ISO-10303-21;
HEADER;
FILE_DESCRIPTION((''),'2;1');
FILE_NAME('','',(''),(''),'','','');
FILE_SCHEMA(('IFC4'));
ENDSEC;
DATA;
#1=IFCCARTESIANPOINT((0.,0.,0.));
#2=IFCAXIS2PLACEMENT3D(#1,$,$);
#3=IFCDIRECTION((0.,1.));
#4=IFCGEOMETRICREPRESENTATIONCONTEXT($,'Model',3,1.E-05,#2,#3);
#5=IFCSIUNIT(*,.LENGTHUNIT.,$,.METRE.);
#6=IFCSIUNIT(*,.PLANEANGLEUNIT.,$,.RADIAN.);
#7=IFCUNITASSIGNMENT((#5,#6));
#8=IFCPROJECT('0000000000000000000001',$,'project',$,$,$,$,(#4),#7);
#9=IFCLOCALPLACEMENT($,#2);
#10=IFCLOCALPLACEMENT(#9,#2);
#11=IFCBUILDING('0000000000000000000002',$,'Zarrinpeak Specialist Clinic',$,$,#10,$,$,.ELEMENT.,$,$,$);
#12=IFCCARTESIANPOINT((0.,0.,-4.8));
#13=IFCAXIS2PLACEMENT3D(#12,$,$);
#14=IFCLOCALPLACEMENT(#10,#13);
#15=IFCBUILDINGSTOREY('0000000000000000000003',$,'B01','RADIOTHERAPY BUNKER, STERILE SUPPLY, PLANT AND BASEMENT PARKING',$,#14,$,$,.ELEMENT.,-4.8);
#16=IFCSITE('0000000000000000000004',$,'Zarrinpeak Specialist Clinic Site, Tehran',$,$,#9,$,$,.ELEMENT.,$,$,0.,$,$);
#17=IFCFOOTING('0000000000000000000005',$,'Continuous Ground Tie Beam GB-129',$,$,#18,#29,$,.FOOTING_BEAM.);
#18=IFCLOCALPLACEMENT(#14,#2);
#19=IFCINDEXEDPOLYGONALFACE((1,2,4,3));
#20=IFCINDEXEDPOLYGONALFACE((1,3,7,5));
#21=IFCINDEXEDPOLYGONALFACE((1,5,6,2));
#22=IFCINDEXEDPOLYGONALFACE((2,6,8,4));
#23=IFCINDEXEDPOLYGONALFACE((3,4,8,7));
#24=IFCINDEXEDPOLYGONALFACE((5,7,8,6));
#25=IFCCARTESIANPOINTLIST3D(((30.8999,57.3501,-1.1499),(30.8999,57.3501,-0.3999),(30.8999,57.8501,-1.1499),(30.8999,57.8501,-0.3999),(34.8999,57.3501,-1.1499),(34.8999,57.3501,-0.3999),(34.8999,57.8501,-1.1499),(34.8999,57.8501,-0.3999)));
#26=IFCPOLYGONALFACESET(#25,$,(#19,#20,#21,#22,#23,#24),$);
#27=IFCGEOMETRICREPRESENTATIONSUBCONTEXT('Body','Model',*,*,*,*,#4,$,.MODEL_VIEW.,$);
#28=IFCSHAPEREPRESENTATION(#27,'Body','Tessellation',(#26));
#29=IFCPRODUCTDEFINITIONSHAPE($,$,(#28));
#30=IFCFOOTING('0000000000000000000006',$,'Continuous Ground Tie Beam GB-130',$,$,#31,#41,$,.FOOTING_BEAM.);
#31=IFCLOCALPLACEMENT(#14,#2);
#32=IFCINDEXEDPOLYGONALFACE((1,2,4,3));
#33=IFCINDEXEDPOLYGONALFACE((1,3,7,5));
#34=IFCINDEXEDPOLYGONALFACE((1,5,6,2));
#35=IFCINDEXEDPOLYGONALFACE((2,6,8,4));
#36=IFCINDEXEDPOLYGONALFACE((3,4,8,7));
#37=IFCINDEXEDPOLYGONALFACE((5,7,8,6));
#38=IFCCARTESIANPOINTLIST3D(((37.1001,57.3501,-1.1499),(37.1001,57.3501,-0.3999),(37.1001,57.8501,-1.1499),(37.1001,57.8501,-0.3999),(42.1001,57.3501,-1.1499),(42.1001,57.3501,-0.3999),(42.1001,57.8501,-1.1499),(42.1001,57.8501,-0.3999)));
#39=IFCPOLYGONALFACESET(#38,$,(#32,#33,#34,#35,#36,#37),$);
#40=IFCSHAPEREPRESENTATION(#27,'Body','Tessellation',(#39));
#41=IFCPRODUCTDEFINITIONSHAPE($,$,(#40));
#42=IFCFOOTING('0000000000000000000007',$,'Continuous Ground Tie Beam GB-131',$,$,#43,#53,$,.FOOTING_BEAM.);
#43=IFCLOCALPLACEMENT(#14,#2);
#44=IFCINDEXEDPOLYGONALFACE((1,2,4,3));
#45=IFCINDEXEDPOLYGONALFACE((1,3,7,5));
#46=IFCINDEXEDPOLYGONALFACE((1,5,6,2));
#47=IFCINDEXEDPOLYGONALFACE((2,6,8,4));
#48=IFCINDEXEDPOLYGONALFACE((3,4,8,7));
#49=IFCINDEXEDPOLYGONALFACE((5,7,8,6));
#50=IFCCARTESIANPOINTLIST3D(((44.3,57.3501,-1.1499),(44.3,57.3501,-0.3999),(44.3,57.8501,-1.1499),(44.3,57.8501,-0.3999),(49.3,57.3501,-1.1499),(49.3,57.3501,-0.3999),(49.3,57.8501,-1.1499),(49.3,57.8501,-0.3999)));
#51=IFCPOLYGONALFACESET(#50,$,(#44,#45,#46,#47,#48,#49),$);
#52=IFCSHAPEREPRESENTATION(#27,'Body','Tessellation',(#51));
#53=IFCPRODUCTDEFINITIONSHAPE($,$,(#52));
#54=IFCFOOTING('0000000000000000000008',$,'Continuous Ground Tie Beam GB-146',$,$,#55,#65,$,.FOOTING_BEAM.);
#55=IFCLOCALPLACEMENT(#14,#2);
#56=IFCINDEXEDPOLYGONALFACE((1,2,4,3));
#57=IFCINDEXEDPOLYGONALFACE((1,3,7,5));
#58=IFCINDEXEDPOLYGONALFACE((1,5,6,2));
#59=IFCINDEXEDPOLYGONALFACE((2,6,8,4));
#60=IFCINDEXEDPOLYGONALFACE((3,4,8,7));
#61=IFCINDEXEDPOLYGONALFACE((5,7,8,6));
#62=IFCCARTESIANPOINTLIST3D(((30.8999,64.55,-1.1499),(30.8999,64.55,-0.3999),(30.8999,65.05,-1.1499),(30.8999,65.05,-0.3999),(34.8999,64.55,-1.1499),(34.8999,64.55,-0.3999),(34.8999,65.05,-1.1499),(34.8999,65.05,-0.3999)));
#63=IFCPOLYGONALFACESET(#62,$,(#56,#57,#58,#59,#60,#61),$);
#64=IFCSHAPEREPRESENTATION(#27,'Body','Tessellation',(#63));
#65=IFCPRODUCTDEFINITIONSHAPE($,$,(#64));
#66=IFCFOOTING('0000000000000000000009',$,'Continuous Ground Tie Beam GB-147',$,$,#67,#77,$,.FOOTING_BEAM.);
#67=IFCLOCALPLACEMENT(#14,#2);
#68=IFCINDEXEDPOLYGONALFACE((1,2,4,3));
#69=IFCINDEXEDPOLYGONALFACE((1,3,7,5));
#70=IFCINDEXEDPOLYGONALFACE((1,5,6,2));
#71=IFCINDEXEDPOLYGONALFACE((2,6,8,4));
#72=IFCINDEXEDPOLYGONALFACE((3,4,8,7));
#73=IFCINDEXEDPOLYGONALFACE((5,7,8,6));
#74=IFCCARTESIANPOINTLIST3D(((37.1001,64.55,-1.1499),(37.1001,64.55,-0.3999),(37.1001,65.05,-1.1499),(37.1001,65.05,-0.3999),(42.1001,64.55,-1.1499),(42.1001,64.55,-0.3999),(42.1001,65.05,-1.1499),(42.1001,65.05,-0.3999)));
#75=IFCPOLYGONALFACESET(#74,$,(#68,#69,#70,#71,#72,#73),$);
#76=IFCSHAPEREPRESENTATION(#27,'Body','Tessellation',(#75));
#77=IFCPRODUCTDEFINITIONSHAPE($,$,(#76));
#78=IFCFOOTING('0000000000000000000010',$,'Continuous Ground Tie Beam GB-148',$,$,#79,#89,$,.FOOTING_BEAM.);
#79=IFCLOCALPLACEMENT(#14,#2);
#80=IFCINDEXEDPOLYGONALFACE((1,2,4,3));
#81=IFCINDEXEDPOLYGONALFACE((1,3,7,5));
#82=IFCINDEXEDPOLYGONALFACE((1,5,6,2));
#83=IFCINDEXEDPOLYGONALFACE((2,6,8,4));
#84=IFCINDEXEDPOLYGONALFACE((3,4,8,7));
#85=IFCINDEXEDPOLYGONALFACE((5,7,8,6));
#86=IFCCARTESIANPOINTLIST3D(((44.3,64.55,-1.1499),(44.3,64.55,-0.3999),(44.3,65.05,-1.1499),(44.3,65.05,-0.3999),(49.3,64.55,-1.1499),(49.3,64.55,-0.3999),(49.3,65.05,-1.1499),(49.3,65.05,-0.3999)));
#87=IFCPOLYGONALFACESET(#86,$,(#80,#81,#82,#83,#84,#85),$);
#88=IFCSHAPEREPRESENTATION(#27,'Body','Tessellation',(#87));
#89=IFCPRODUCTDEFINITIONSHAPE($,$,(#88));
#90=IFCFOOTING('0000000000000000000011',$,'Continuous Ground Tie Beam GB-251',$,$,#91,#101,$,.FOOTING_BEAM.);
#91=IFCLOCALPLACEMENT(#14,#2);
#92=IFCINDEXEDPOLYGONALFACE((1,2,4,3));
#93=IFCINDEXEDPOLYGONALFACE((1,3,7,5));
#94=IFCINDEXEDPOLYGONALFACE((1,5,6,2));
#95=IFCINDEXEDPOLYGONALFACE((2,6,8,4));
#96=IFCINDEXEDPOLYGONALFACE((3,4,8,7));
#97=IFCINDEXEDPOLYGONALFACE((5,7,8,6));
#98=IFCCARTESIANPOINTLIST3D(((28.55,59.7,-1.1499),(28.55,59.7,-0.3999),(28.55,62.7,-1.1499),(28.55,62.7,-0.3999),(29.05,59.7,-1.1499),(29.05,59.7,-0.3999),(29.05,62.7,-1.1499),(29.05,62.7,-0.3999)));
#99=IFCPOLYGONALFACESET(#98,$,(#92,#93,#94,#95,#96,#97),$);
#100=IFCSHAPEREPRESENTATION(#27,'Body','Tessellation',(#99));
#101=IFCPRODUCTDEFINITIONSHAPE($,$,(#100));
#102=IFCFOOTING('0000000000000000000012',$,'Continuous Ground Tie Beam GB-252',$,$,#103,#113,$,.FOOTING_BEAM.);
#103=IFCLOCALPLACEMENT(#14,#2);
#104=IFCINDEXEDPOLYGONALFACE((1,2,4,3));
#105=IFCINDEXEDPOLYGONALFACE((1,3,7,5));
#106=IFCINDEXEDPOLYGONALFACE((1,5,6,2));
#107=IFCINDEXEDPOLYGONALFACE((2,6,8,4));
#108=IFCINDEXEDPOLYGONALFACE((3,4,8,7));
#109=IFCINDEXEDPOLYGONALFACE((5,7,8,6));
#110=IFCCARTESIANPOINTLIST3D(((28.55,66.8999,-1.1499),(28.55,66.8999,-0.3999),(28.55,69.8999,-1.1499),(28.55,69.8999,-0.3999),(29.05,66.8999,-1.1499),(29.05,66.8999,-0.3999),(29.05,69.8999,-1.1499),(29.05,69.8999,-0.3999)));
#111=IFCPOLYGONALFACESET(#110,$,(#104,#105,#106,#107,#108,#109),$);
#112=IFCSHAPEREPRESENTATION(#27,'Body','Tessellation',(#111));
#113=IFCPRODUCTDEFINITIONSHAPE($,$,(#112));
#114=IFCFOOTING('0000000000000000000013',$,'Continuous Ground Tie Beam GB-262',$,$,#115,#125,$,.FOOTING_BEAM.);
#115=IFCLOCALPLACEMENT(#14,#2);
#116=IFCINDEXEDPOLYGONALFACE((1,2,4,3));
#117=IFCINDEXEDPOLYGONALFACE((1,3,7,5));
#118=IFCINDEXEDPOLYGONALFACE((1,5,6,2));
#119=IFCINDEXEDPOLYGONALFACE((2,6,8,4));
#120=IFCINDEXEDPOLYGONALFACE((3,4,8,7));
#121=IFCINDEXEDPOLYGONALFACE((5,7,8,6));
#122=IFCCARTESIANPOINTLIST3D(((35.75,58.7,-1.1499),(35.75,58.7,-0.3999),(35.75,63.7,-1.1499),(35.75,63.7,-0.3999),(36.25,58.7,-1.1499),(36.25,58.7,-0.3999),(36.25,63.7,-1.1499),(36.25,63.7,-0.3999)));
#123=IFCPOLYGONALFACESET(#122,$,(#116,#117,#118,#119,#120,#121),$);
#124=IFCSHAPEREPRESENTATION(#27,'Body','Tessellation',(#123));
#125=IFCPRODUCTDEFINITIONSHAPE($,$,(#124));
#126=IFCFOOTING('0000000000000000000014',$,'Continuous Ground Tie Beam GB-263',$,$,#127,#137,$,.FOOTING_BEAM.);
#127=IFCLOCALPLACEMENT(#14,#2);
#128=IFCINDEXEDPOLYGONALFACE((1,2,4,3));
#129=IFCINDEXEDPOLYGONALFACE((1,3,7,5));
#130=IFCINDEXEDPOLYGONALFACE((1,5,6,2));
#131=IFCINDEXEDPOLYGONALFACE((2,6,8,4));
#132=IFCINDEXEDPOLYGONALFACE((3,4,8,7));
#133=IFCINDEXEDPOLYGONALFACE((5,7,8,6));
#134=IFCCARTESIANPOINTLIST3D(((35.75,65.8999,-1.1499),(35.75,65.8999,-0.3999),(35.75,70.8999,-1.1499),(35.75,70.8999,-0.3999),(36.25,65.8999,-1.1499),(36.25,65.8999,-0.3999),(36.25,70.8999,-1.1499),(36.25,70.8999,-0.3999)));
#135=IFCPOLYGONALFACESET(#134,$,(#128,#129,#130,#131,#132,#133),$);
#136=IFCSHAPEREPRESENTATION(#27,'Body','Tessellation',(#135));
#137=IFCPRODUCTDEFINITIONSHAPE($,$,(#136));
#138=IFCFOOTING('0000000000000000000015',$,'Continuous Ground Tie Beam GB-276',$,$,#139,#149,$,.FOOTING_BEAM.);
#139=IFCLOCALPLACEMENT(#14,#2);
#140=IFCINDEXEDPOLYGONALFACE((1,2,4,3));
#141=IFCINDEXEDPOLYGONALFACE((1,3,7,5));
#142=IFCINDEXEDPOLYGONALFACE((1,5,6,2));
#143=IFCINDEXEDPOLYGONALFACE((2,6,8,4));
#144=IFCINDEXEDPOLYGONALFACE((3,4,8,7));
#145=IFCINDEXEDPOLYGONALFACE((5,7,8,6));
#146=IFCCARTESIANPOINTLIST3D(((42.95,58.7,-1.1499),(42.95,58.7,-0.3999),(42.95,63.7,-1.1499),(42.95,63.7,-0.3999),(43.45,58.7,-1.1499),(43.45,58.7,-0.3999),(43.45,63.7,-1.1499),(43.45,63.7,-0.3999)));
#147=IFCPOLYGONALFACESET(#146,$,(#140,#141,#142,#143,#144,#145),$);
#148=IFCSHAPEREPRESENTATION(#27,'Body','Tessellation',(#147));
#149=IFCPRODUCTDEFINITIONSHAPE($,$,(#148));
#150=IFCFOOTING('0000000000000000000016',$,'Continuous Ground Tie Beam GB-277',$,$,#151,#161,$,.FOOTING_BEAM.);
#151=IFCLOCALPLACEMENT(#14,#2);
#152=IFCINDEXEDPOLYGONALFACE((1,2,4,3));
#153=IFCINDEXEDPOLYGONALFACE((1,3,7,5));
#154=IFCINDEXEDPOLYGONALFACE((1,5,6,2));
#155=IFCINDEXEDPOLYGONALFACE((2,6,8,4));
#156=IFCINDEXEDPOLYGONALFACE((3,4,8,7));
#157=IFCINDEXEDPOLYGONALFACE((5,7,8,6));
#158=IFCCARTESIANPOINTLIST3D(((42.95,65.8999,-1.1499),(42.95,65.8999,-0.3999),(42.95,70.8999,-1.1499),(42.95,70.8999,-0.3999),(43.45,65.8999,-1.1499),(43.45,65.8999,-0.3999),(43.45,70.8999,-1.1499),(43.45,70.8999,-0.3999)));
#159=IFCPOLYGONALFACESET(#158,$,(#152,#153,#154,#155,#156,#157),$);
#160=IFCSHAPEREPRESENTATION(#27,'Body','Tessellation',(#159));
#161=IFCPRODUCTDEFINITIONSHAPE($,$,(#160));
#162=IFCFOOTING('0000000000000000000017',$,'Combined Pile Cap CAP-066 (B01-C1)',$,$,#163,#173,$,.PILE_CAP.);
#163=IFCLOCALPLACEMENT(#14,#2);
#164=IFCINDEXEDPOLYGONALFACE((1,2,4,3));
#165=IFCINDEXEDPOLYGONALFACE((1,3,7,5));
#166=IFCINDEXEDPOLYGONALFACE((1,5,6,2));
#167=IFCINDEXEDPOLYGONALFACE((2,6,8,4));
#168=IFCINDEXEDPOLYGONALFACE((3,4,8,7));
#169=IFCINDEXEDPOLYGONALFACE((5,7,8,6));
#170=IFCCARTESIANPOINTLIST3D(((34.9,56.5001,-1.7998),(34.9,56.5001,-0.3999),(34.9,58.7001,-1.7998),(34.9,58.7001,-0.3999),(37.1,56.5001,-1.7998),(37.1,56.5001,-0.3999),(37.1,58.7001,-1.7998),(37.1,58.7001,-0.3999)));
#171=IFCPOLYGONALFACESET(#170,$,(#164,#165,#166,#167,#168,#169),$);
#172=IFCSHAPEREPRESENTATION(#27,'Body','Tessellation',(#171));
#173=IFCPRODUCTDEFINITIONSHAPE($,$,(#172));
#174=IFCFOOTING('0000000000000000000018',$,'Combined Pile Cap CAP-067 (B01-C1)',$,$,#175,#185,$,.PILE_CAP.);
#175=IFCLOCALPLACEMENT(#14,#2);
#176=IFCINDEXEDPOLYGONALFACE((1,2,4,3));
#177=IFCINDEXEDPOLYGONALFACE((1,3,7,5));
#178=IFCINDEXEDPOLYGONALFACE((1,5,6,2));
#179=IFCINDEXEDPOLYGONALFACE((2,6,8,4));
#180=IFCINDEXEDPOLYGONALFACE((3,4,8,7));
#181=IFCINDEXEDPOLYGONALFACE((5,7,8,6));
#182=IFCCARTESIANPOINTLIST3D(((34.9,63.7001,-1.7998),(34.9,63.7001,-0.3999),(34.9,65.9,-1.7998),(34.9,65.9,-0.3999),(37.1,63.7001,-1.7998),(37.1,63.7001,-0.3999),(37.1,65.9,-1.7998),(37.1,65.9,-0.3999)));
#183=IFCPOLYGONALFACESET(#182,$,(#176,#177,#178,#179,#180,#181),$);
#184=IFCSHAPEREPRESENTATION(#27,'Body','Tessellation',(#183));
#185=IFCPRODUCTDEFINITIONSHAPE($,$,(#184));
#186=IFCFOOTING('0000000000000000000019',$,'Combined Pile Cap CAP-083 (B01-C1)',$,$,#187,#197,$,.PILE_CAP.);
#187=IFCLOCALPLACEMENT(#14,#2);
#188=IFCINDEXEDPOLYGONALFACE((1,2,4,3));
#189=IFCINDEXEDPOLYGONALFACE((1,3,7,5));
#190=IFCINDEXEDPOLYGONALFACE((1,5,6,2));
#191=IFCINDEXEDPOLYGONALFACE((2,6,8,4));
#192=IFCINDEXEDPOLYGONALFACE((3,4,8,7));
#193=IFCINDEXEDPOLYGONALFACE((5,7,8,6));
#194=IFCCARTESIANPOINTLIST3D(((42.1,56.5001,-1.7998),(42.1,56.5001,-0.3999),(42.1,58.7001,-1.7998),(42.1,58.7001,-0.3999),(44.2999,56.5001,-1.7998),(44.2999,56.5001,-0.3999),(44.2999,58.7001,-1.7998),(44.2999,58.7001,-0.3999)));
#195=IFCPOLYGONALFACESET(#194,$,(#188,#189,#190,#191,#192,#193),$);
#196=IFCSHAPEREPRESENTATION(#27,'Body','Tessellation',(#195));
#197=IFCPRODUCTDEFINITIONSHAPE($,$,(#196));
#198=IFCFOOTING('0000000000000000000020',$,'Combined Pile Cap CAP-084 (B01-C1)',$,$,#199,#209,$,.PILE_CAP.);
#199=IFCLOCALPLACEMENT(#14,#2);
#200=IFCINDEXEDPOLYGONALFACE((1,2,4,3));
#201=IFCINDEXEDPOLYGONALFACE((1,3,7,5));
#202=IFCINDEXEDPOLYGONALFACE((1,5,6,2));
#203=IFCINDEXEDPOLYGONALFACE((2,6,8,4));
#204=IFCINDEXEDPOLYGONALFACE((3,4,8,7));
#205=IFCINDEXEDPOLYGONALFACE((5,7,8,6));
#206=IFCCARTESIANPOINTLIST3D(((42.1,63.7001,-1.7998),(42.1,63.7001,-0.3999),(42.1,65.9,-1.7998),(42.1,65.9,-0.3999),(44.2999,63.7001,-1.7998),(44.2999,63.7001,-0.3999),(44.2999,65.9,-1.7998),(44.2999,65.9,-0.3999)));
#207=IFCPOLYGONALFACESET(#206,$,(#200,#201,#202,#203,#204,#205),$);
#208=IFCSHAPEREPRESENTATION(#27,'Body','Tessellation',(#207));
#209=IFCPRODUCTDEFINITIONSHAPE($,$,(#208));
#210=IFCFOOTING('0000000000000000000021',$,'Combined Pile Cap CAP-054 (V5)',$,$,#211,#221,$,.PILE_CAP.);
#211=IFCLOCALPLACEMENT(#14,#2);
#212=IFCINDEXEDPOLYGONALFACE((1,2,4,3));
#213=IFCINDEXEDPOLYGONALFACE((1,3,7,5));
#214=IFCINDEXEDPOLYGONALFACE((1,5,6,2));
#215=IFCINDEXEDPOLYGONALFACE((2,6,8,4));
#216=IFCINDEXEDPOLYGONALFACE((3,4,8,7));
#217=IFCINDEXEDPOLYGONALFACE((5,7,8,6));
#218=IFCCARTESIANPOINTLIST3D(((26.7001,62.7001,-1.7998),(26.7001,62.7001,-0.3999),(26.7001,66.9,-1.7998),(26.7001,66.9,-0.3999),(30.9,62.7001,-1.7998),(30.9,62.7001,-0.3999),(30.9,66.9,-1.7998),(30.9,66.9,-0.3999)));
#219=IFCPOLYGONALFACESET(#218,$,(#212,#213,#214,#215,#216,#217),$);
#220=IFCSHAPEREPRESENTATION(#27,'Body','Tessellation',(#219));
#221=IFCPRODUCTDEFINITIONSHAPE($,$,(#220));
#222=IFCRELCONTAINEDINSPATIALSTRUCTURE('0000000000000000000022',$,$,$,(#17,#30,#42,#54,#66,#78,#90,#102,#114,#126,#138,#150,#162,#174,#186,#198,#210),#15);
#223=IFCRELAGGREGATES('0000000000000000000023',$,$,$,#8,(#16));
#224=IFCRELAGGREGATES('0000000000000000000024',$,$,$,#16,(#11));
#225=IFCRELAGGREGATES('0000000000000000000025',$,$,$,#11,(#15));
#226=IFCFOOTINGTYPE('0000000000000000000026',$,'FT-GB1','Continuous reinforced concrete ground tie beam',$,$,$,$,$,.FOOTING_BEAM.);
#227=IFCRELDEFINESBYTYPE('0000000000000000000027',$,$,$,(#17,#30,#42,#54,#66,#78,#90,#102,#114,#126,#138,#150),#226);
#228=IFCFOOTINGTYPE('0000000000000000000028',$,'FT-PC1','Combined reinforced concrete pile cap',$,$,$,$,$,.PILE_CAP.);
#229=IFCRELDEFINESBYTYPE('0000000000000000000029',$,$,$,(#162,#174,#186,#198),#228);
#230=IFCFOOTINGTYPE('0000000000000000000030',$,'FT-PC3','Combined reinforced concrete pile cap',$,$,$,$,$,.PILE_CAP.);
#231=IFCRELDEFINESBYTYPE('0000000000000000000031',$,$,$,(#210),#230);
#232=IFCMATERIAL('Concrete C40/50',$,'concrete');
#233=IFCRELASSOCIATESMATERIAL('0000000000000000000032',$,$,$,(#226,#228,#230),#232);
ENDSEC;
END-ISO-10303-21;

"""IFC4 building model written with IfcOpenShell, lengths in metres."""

from ifc_helpers import new_model, si_unit, direction, frame, origin, origin_2d, place, context, subcontext, project, spatial, rectangle, extrude, material, material_profile, profile_set, type_object, element, save


model = new_model("IFC4")

# Units and contexts
model_context = context("Model", 3, precision=1e-05, world=origin(), true_north=direction((0.0, 1.0)))
body_context = subcontext(model_context, "Body", "Model", "MODEL_VIEW")
ifc_project = project(units=[si_unit("LENGTHUNIT", "METRE"), si_unit("PLANEANGLEUNIT", "RADIAN")], contexts=[model_context])

# Site, building, storey
site_placement = place(None, origin())
site = spatial("IfcSite", under=ifc_project, at=site_placement, Name="Zarrinpeak Specialist Clinic Site, Tehran", CompositionType="ELEMENT", RefElevation=0.0)
building_placement = place(site_placement, origin())
building = spatial("IfcBuilding", under=site, at=building_placement, Name="Zarrinpeak Specialist Clinic", CompositionType="ELEMENT")
storey_placement = place(building_placement, frame((0.0, 0.0, -4.8)))
storey = spatial("IfcBuildingStorey", under=building, at=storey_placement, Name="B01", Description="RADIOTHERAPY BUNKER, STERILE SUPPLY, PLANT AND BASEMENT PARKING", CompositionType="ELEMENT", Elevation=-4.8)

# Footings
ifc_material_1 = material(Name="Concrete C40/50", Category="concrete")
ifc_material_profile_1 = material_profile(ifc_material_1, rectangle(XDim=0.5, YDim=0.75, at=origin_2d()), Name="RC 500x750")
ifc_profile_set_1 = profile_set([ifc_material_profile_1], Name="Concrete C40/50")
footing_type_1 = type_object("IfcFootingType", Name="FT-GB1", Description="Continuous reinforced concrete ground tie beam", PredefinedType="FOOTING_BEAM", material=ifc_profile_set_1)
footing_1_placement = place(storey_placement, frame((30.8999, 57.6001, -0.7749), z_axis=(1.0, 0.0, 0.0), x_axis=(0.0, 1.0, 0.0)))
element("IfcFooting", 1, at=footing_1_placement, inside=storey, type_object=footing_type_1, Name="Continuous Ground Tie Beam GB-129", PredefinedType="FOOTING_BEAM", context=body_context, shape_type="SweptSolid", body=[
    extrude(rectangle(XDim=0.5, YDim=0.75, at=origin_2d()), origin(), (0.0, 0.0, 1.0), 4.0),
])
for number, where, z_axis, x_axis, name in (
    (2, (37.1001, 57.6001, -0.7749), (1.0, 0.0, 0.0), (0.0, 1.0, 0.0), "Continuous Ground Tie Beam GB-130"),
    (3, (44.3, 57.6001, -0.7749), (1.0, 0.0, 0.0), (0.0, 1.0, 0.0), "Continuous Ground Tie Beam GB-131"),
):
    element("IfcFooting", number, at=place(storey_placement, frame(where, z_axis=z_axis, x_axis=x_axis)), inside=storey, type_object=footing_type_1, Name=name, PredefinedType="FOOTING_BEAM", context=body_context, shape_type="SweptSolid", body=[
        extrude(rectangle(XDim=0.5, YDim=0.75, at=origin_2d()), origin(), (0.0, 0.0, 1.0), 5.0),
    ])
footing_2_placement = place(storey_placement, frame((30.8999, 64.8, -0.7749), z_axis=(1.0, 0.0, 0.0), x_axis=(0.0, 1.0, 0.0)))
element("IfcFooting", 4, at=footing_2_placement, inside=storey, type_object=footing_type_1, Name="Continuous Ground Tie Beam GB-146", PredefinedType="FOOTING_BEAM", context=body_context, shape_type="SweptSolid", body=[
    extrude(rectangle(XDim=0.5, YDim=0.75, at=origin_2d()), origin(), (0.0, 0.0, 1.0), 4.0),
])
for number, where, z_axis, x_axis, name in (
    (5, (37.1001, 64.8, -0.7749), (1.0, 0.0, 0.0), (0.0, 1.0, 0.0), "Continuous Ground Tie Beam GB-147"),
    (6, (44.3, 64.8, -0.7749), (1.0, 0.0, 0.0), (0.0, 1.0, 0.0), "Continuous Ground Tie Beam GB-148"),
):
    element("IfcFooting", number, at=place(storey_placement, frame(where, z_axis=z_axis, x_axis=x_axis)), inside=storey, type_object=footing_type_1, Name=name, PredefinedType="FOOTING_BEAM", context=body_context, shape_type="SweptSolid", body=[
        extrude(rectangle(XDim=0.5, YDim=0.75, at=origin_2d()), origin(), (0.0, 0.0, 1.0), 5.0),
    ])
for number, where, z_axis, x_axis, name in (
    (7, (28.8, 59.7, -0.7749), (0.0, 1.0, 0.0), (-1.0, 0.0, 0.0), "Continuous Ground Tie Beam GB-251"),
    (8, (28.8, 66.8999, -0.7749), (0.0, 1.0, 0.0), (-1.0, 0.0, 0.0), "Continuous Ground Tie Beam GB-252"),
):
    element("IfcFooting", number, at=place(storey_placement, frame(where, z_axis=z_axis, x_axis=x_axis)), inside=storey, type_object=footing_type_1, Name=name, PredefinedType="FOOTING_BEAM", context=body_context, shape_type="SweptSolid", body=[
        extrude(rectangle(XDim=0.5, YDim=0.75, at=origin_2d()), origin(), (0.0, 0.0, 1.0), 3.0),
    ])
for number, where, z_axis, x_axis, name in (
    (9, (36.0, 58.7, -0.7749), (0.0, 1.0, 0.0), (-1.0, 0.0, 0.0), "Continuous Ground Tie Beam GB-262"),
    (10, (36.0, 65.8999, -0.7749), (0.0, 1.0, 0.0), (-1.0, 0.0, 0.0), "Continuous Ground Tie Beam GB-263"),
    (11, (43.2, 58.7, -0.7749), (0.0, 1.0, 0.0), (-1.0, 0.0, 0.0), "Continuous Ground Tie Beam GB-276"),
    (12, (43.2, 65.8999, -0.7749), (0.0, 1.0, 0.0), (-1.0, 0.0, 0.0), "Continuous Ground Tie Beam GB-277"),
):
    element("IfcFooting", number, at=place(storey_placement, frame(where, z_axis=z_axis, x_axis=x_axis)), inside=storey, type_object=footing_type_1, Name=name, PredefinedType="FOOTING_BEAM", context=body_context, shape_type="SweptSolid", body=[
        extrude(rectangle(XDim=0.5, YDim=0.75, at=origin_2d()), origin(), (0.0, 0.0, 1.0), 5.0),
    ])
footing_type_2 = type_object("IfcFootingType", Name="FT-PC1", Description="Combined reinforced concrete pile cap", PredefinedType="PILE_CAP", material=ifc_material_1)
for number, where, z_axis, x_axis, name in (
    (13, (36.0, 57.6001, -1.7998), (0.0, 0.0, 1.0), (1.0, 0.0, 0.0), "Combined Pile Cap CAP-066 (B01-C1)"),
    (14, (36.0, 64.8, -1.7998), (0.0, 0.0, 1.0), (1.0, 0.0, 0.0), "Combined Pile Cap CAP-067 (B01-C1)"),
    (15, (43.2, 57.6001, -1.7998), (0.0, 0.0, 1.0), (1.0, 0.0, 0.0), "Combined Pile Cap CAP-083 (B01-C1)"),
    (16, (43.2, 64.8, -1.7998), (0.0, 0.0, 1.0), (1.0, 0.0, 0.0), "Combined Pile Cap CAP-084 (B01-C1)"),
):
    element("IfcFooting", number, at=place(storey_placement, frame(where, z_axis=z_axis, x_axis=x_axis)), inside=storey, type_object=footing_type_2, Name=name, PredefinedType="PILE_CAP", context=body_context, shape_type="SweptSolid", body=[
        extrude(rectangle(XDim=2.2, YDim=2.2, at=origin_2d()), origin(), (0.0, 0.0, 1.0), 1.3999),
    ])
footing_type_3 = type_object("IfcFootingType", Name="FT-PC3", Description="Combined reinforced concrete pile cap", PredefinedType="PILE_CAP", material=ifc_material_1)
footing_3_placement = place(storey_placement, frame((28.8, 64.8, -1.7998), z_axis=(0.0, 0.0, 1.0), x_axis=(1.0, 0.0, 0.0)))
element("IfcFooting", 17, at=footing_3_placement, inside=storey, type_object=footing_type_3, Name="Combined Pile Cap CAP-054 (V5)", PredefinedType="PILE_CAP", context=body_context, shape_type="SweptSolid", body=[
    extrude(rectangle(XDim=4.2, YDim=4.2, at=origin_2d()), origin(), (0.0, 0.0, 1.0), 1.3999),
])

save(model, "model.ifc")
